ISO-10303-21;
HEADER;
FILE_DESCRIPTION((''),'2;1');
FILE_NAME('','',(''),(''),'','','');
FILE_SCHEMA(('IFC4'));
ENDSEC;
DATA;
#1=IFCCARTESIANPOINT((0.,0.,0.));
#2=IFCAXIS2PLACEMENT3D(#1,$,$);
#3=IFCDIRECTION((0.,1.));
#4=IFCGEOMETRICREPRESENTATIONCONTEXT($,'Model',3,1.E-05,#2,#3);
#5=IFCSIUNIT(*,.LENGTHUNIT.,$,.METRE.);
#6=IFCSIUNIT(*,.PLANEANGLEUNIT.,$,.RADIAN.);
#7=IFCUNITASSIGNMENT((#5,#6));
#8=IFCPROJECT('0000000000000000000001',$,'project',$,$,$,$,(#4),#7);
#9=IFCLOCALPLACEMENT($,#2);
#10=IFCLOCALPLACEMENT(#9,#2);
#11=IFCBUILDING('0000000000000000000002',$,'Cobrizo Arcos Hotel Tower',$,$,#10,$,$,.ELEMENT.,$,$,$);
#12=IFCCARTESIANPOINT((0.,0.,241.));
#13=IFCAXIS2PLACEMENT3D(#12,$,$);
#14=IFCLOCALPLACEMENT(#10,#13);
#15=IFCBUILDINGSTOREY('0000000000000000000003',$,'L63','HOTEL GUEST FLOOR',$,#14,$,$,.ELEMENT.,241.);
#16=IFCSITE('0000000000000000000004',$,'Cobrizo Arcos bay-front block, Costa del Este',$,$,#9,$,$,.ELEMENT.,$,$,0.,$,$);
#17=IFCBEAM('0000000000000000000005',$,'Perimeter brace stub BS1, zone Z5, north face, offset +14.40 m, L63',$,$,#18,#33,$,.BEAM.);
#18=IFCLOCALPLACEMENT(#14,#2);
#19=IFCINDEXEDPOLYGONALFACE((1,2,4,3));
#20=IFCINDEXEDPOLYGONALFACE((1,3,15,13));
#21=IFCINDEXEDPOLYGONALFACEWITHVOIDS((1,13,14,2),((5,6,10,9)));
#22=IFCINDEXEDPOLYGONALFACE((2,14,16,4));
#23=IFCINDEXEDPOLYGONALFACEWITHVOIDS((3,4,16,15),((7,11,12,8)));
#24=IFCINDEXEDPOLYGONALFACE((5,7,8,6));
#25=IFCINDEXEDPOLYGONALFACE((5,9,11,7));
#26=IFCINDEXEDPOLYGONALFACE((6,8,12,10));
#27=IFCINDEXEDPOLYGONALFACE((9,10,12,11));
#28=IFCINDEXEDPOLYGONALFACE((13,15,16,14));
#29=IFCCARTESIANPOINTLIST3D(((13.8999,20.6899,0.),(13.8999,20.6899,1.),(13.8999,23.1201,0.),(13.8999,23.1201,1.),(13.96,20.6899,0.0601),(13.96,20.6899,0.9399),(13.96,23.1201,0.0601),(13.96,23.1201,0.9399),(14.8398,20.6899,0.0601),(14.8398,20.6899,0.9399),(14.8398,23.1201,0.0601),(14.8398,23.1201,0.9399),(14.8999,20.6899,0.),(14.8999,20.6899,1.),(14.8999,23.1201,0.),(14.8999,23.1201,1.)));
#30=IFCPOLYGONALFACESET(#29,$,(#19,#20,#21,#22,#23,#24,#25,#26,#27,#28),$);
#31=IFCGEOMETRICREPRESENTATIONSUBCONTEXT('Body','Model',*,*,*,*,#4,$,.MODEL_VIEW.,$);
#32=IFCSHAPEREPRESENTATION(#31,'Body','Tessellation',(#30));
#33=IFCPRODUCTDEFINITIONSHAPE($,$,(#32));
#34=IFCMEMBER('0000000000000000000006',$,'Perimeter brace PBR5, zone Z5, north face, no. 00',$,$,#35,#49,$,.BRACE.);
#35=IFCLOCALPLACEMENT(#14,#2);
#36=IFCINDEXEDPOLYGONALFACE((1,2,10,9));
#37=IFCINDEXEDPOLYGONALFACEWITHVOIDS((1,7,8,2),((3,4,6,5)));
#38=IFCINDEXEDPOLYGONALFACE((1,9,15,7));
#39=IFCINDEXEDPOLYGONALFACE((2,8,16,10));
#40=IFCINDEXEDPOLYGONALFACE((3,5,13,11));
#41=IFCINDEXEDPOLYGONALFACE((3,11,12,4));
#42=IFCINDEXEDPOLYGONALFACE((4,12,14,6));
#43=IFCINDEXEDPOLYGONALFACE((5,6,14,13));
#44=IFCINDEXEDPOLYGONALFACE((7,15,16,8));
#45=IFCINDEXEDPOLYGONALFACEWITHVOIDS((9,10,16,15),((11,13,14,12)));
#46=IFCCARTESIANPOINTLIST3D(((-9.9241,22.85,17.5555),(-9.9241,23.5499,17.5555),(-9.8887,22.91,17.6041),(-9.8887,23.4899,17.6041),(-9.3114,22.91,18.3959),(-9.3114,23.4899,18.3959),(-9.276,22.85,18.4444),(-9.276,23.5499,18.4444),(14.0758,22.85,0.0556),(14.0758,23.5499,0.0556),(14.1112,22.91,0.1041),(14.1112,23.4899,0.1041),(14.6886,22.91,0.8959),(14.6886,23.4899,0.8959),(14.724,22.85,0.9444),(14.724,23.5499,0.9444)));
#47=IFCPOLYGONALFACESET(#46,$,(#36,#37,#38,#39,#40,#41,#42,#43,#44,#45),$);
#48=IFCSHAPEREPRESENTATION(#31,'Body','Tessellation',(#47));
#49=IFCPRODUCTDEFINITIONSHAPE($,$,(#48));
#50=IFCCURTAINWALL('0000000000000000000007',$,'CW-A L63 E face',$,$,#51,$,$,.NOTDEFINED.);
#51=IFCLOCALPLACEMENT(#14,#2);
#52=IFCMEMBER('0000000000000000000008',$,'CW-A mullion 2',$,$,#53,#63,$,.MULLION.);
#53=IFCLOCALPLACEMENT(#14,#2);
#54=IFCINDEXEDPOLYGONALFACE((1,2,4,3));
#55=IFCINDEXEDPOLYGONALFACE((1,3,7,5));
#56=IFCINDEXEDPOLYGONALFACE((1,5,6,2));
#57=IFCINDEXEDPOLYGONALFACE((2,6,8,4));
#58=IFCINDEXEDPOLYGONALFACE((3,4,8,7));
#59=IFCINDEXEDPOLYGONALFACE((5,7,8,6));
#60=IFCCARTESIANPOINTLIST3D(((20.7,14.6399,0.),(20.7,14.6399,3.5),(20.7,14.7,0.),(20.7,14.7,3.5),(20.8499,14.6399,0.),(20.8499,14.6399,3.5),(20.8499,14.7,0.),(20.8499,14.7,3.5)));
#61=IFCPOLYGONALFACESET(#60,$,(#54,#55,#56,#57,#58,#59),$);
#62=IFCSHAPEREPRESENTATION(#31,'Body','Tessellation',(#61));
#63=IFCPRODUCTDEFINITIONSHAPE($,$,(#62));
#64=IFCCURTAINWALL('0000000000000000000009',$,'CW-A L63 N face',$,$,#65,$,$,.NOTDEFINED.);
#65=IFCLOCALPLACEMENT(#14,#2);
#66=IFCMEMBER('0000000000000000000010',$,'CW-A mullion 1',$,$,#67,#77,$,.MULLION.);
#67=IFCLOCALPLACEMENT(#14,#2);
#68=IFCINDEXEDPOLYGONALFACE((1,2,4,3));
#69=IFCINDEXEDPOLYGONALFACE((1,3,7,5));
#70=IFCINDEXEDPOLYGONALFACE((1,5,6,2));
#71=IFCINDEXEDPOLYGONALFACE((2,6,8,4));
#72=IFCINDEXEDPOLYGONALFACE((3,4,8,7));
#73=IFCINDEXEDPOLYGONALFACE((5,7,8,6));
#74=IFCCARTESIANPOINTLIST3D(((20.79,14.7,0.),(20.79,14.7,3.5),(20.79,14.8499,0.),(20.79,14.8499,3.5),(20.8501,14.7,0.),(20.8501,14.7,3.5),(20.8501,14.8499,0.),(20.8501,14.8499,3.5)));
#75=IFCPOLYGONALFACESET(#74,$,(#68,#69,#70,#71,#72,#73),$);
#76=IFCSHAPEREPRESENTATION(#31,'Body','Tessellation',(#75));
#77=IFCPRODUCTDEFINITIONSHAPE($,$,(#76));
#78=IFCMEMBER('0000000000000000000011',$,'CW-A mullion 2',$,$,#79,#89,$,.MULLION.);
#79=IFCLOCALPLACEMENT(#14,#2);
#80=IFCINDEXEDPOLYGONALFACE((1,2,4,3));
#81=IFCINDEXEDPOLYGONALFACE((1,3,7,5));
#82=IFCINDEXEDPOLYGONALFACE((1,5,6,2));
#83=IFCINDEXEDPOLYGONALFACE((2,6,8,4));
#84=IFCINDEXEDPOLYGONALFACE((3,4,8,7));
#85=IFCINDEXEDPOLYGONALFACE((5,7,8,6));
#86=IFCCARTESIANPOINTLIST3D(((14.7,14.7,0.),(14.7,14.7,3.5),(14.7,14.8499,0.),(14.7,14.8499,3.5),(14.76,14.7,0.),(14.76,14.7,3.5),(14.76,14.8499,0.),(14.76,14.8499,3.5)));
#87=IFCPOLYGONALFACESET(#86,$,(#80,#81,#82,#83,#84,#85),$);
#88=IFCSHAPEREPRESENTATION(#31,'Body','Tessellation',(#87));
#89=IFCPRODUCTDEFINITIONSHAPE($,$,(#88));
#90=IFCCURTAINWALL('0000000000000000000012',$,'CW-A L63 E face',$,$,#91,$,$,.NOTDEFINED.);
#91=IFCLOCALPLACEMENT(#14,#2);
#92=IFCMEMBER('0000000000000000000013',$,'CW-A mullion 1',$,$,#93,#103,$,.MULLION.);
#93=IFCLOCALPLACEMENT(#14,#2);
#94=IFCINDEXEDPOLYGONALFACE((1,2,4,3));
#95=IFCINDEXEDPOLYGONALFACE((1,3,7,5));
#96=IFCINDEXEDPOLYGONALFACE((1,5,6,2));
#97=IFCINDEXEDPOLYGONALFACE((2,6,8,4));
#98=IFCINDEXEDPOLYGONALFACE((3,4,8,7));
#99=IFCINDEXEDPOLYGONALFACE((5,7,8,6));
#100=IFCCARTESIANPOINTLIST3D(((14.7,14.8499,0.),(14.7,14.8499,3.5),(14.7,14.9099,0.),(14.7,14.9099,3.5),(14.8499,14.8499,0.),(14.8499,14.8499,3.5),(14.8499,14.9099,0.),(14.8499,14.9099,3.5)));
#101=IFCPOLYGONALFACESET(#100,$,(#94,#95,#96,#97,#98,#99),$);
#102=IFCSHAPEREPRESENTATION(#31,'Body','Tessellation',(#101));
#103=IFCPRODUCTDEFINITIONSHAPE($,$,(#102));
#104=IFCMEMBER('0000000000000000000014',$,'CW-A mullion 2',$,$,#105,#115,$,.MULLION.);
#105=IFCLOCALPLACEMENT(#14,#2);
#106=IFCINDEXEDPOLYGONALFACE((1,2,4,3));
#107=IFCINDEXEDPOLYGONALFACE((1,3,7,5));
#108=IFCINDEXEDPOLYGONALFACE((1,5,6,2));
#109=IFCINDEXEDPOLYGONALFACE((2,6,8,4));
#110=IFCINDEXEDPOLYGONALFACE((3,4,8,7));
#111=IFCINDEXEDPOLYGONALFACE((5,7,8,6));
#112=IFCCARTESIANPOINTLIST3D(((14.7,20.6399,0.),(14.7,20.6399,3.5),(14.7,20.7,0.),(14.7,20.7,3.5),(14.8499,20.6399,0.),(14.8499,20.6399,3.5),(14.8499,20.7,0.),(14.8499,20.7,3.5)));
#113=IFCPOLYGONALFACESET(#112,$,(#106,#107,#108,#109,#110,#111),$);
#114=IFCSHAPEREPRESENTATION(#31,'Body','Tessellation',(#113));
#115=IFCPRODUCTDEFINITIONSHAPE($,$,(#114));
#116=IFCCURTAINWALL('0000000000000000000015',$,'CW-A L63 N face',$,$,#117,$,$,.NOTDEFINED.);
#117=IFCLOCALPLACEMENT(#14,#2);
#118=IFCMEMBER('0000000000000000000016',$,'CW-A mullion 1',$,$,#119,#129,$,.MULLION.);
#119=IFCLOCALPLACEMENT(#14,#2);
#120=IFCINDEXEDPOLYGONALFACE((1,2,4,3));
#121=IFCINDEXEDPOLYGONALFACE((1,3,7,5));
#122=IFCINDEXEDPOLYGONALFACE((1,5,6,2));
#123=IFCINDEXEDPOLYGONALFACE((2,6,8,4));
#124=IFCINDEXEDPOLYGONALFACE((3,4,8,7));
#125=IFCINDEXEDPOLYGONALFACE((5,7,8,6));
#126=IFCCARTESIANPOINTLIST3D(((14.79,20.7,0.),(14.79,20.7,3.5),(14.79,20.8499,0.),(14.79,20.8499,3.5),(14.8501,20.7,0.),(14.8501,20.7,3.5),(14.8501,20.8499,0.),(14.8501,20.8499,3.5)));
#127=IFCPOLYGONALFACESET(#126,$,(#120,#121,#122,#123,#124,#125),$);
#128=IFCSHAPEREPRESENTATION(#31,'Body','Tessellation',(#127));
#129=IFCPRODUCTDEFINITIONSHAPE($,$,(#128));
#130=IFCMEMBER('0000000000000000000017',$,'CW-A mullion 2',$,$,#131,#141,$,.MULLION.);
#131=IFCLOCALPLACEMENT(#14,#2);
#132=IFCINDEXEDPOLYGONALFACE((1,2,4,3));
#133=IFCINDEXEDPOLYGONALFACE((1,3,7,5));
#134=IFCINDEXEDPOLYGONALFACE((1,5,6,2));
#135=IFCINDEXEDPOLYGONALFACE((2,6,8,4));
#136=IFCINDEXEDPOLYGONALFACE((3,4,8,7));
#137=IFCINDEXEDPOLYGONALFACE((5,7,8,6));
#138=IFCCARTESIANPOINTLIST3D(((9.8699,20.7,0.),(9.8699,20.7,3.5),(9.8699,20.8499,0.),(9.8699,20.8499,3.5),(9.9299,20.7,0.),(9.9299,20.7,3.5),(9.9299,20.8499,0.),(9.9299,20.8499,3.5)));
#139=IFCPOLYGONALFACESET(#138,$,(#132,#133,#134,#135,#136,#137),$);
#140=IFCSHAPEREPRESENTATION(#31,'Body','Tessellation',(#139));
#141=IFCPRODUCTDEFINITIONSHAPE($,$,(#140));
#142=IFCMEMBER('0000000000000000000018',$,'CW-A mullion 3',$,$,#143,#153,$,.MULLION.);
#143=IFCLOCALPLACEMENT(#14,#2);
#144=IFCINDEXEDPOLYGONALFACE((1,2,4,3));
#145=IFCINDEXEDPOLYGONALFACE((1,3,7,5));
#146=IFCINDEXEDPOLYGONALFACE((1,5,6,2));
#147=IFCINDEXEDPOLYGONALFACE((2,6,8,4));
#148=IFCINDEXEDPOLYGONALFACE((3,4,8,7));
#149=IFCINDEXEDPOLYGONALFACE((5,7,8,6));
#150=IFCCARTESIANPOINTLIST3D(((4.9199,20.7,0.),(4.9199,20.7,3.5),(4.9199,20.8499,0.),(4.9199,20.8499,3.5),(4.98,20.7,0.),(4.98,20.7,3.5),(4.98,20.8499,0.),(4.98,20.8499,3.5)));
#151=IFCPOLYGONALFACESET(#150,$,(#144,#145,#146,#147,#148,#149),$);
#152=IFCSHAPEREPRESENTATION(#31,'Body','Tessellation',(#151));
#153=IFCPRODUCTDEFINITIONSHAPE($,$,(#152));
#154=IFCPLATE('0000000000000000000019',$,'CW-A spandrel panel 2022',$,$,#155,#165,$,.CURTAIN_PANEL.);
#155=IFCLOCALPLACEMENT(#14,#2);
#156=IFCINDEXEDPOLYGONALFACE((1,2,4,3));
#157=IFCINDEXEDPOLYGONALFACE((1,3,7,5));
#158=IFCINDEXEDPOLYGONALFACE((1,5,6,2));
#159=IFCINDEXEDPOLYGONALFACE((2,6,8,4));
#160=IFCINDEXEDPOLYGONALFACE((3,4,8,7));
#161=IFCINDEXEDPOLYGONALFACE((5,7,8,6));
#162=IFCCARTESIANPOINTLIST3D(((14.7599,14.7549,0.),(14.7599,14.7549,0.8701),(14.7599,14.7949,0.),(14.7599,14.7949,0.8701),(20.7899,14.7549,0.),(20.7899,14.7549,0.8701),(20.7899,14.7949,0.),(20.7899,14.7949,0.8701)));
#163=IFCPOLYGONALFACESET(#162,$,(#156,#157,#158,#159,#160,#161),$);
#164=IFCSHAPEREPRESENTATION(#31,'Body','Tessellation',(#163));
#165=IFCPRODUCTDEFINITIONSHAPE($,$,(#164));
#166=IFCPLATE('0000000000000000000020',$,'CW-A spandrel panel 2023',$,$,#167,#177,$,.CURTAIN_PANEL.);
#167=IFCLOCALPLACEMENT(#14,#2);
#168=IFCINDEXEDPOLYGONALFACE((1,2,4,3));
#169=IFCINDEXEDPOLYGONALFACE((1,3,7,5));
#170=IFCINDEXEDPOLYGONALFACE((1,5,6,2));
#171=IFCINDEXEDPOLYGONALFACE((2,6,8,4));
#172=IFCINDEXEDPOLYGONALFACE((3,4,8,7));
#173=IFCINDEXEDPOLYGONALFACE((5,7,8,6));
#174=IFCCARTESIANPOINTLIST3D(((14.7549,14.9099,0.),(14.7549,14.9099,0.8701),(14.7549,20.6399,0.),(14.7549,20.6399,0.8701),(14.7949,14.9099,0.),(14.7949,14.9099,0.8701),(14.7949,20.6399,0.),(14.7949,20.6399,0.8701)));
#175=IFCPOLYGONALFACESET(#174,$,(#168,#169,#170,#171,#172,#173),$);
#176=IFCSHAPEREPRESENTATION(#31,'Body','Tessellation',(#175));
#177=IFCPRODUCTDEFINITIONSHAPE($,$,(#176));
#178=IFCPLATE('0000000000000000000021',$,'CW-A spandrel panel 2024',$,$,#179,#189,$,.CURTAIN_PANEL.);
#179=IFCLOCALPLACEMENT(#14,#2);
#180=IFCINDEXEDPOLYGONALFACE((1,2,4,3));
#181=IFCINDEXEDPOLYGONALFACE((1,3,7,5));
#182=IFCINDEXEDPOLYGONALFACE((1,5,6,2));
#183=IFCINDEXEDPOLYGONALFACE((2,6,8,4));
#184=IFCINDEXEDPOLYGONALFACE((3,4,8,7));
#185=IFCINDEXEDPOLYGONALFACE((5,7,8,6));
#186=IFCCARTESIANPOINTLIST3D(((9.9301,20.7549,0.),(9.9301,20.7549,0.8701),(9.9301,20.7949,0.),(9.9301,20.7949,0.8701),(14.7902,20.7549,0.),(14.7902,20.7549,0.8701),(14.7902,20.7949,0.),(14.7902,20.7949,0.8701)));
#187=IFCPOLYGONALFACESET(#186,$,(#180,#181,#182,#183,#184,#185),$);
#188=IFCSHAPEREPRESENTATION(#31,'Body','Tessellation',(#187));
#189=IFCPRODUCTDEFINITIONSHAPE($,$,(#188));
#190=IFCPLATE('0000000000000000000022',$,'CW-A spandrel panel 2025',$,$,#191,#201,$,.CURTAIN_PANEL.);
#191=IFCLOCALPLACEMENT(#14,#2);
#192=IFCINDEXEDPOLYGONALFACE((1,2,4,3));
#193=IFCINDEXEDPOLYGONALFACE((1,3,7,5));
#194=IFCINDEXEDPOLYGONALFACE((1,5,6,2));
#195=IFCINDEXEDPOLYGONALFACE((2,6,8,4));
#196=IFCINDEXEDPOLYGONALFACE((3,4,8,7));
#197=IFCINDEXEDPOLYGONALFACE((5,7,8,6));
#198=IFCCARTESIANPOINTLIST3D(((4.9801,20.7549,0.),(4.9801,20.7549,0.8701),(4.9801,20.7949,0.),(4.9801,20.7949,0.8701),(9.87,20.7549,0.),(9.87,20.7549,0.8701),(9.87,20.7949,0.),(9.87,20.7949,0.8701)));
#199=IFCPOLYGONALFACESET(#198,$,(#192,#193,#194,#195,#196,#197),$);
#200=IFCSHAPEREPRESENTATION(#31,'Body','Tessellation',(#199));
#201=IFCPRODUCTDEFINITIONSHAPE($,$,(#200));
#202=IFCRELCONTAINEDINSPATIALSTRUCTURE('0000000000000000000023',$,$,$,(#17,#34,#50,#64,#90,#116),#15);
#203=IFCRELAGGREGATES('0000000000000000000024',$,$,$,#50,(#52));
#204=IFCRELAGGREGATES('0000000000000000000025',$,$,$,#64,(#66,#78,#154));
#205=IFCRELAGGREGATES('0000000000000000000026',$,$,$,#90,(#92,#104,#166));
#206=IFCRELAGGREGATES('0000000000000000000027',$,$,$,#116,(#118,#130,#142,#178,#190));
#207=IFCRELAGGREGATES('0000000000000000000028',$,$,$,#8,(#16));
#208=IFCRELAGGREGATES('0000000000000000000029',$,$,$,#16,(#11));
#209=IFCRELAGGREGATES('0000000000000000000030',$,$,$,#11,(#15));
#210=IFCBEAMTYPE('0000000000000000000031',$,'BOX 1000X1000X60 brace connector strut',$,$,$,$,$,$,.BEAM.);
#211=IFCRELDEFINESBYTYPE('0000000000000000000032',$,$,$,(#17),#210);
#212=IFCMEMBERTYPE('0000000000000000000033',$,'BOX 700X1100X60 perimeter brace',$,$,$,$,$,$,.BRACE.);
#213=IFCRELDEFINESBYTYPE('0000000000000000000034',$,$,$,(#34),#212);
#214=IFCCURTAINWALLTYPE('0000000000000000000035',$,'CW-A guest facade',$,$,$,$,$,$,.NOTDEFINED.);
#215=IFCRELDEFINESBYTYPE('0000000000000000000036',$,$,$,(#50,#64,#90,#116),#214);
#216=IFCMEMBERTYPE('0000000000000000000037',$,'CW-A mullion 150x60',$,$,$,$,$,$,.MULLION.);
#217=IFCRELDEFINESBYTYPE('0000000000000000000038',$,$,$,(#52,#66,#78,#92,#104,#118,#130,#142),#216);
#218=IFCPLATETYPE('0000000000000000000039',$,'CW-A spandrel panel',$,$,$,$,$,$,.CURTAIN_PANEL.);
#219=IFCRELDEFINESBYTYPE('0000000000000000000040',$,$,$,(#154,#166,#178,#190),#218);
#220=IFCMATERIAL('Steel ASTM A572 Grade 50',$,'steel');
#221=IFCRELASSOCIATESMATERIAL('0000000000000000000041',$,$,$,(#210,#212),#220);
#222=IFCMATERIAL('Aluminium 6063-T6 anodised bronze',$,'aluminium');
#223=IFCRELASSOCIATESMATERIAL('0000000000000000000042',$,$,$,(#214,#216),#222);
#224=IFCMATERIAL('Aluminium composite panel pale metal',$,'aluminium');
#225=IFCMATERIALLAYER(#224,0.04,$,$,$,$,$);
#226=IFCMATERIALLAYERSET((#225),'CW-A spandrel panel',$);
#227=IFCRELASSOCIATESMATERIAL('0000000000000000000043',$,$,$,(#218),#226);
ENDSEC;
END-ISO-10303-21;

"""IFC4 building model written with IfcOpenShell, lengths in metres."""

from ifc_helpers import new_model, si_unit, direction, frame, origin, origin_2d, place, context, subcontext, project, spatial, rectangle, hollow_rectangle, extrude, material, layer, layer_set, material_profile, profile_set, type_object, element, aggregate, save


model = new_model("IFC4")

# Units and contexts
model_context = context("Model", 3, precision=1e-05, world=origin(), true_north=direction((0.0, 1.0)))
body_context = subcontext(model_context, "Body", "Model", "MODEL_VIEW")
ifc_project = project(units=[si_unit("LENGTHUNIT", "METRE"), si_unit("PLANEANGLEUNIT", "RADIAN")], contexts=[model_context])

# Site, building, storey
site_placement = place(None, origin())
site = spatial("IfcSite", under=ifc_project, at=site_placement, Name="Cobrizo Arcos bay-front block, Costa del Este", CompositionType="ELEMENT", RefElevation=0.0)
building_placement = place(site_placement, origin())
building = spatial("IfcBuilding", under=site, at=building_placement, Name="Cobrizo Arcos Hotel Tower", CompositionType="ELEMENT")
storey_placement = place(building_placement, frame((0.0, 0.0, 241.0)))
storey = spatial("IfcBuildingStorey", under=building, at=storey_placement, Name="L63", Description="HOTEL GUEST FLOOR", CompositionType="ELEMENT", Elevation=241.0)

# Beam
ifc_material_1 = material(Name="Steel ASTM A572 Grade 50", Category="steel")
ifc_material_profile_1 = material_profile(ifc_material_1, hollow_rectangle(XDim=1.0, YDim=1.0, WallThickness=0.0601, at=origin_2d()), Name="BOX 1000X1000X60")
ifc_profile_set_1 = profile_set([ifc_material_profile_1], Name="Steel ASTM A572 Grade 50")
beam_type = type_object("IfcBeamType", Name="BOX 1000X1000X60 brace connector strut", PredefinedType="BEAM", material=ifc_profile_set_1)
beam_placement = place(storey_placement, frame((14.3999, 20.6899, 0.5), z_axis=(0.0, 1.0, 0.0), x_axis=(-1.0, 0.0, 0.0)))
element("IfcBeam", 1, at=beam_placement, inside=storey, type_object=beam_type, Name="Perimeter brace stub BS1, zone Z5, north face, offset +14.40 m, L63", PredefinedType="BEAM", context=body_context, shape_type="SweptSolid", body=[
    extrude(hollow_rectangle(XDim=1.0, YDim=1.0, WallThickness=0.0601, at=origin_2d()), origin(), (0.0, 0.0, 1.0), 2.4302),
])

# Member
ifc_material_profile_2 = material_profile(ifc_material_1, hollow_rectangle(XDim=0.7, YDim=1.1001, WallThickness=0.0601, at=origin_2d()), Name="BOX 700X1100X60")
ifc_profile_set_2 = profile_set([ifc_material_profile_2], Name="Steel ASTM A572 Grade 50")
member_type_1 = type_object("IfcMemberType", Name="BOX 700X1100X60 perimeter brace", PredefinedType="BRACE", material=ifc_profile_set_2)
member_1_placement = place(storey_placement, frame((14.3999, 23.2, 0.5), z_axis=(-0.808008, 0.0, 0.589172), x_axis=(0.0, -1.0, 0.0)))
element("IfcMember", 2, at=member_1_placement, inside=storey, type_object=member_type_1, Name="Perimeter brace PBR5, zone Z5, north face, no. 00", PredefinedType="BRACE", context=body_context, shape_type="SweptSolid", body=[
    extrude(hollow_rectangle(XDim=0.7, YDim=1.1001, WallThickness=0.0601, at=origin_2d()), origin(), (0.0, 0.0, 1.0), 29.7026),
])

# Curtain wall, member
ifc_material_2 = material(Name="Aluminium 6063-T6 anodised bronze", Category="aluminium")
curtain_wall_type = type_object("IfcCurtainWallType", Name="CW-A guest facade", PredefinedType="NOTDEFINED", material=ifc_material_2)
curtain_wall_1_placement = place(storey_placement, origin())
curtain_wall_1 = element("IfcCurtainWall", 3, at=curtain_wall_1_placement, inside=storey, type_object=curtain_wall_type, Name="CW-A L63 E face", PredefinedType="NOTDEFINED")
ifc_material_profile_3 = material_profile(ifc_material_2, rectangle(XDim=0.1499, YDim=0.0601, at=origin_2d()), Name="CW-A mullion 150x60")
ifc_profile_set_3 = profile_set([ifc_material_profile_3], Name="Aluminium 6063-T6 anodised bronze")
member_type_2 = type_object("IfcMemberType", Name="CW-A mullion 150x60", PredefinedType="MULLION", material=ifc_profile_set_3)
member_2_placement = place(storey_placement, frame((20.7749, 14.6699, 0.0), z_axis=(0.0, 0.0, 1.0), x_axis=(1.0, 0.0, 0.0)))
member_2 = element("IfcMember", 4, at=member_2_placement, type_object=member_type_2, Name="CW-A mullion 2", PredefinedType="MULLION", context=body_context, shape_type="SweptSolid", body=[
    extrude(rectangle(XDim=0.1499, YDim=0.0601, at=origin_2d()), origin(), (0.0, 0.0, 1.0), 3.5),
])
aggregate(curtain_wall_1, [member_2])

# Curtain walls, members
curtain_wall_2_placement = place(storey_placement, origin())
curtain_wall_2 = element("IfcCurtainWall", 5, at=curtain_wall_2_placement, inside=storey, type_object=curtain_wall_type, Name="CW-A L63 N face", PredefinedType="NOTDEFINED")
member_3_placement = place(storey_placement, frame((20.8201, 14.7749, 0.0), z_axis=(0.0, 0.0, 1.0), x_axis=(0.0, 1.0, 0.0)))
member_3 = element("IfcMember", 6, at=member_3_placement, type_object=member_type_2, Name="CW-A mullion 1", PredefinedType="MULLION", context=body_context, shape_type="SweptSolid", body=[
    extrude(rectangle(XDim=0.1499, YDim=0.0601, at=origin_2d()), origin(), (0.0, 0.0, 1.0), 3.5),
])
member_4_placement = place(storey_placement, frame((14.73, 14.7749, 0.0), z_axis=(0.0, 0.0, 1.0), x_axis=(0.0, 1.0, 0.0)))
member_4 = element("IfcMember", 7, at=member_4_placement, type_object=member_type_2, Name="CW-A mullion 2", PredefinedType="MULLION", context=body_context, shape_type="SweptSolid", body=[
    extrude(rectangle(XDim=0.1499, YDim=0.0601, at=origin_2d()), origin(), (0.0, 0.0, 1.0), 3.5),
])
curtain_wall_3_placement = place(storey_placement, origin())
curtain_wall_3 = element("IfcCurtainWall", 8, at=curtain_wall_3_placement, inside=storey, type_object=curtain_wall_type, Name="CW-A L63 E face", PredefinedType="NOTDEFINED")
member_5_placement = place(storey_placement, frame((14.7749, 14.8799, 0.0), z_axis=(0.0, 0.0, 1.0), x_axis=(1.0, 0.0, 0.0)))
member_5 = element("IfcMember", 9, at=member_5_placement, type_object=member_type_2, Name="CW-A mullion 1", PredefinedType="MULLION", context=body_context, shape_type="SweptSolid", body=[
    extrude(rectangle(XDim=0.1499, YDim=0.0601, at=origin_2d()), origin(), (0.0, 0.0, 1.0), 3.5),
])
member_6_placement = place(storey_placement, frame((14.7749, 20.6699, 0.0), z_axis=(0.0, 0.0, 1.0), x_axis=(1.0, 0.0, 0.0)))
member_6 = element("IfcMember", 10, at=member_6_placement, type_object=member_type_2, Name="CW-A mullion 2", PredefinedType="MULLION", context=body_context, shape_type="SweptSolid", body=[
    extrude(rectangle(XDim=0.1499, YDim=0.0601, at=origin_2d()), origin(), (0.0, 0.0, 1.0), 3.5),
])
curtain_wall_4_placement = place(storey_placement, origin())
curtain_wall_4 = element("IfcCurtainWall", 11, at=curtain_wall_4_placement, inside=storey, type_object=curtain_wall_type, Name="CW-A L63 N face", PredefinedType="NOTDEFINED")
member_7_placement = place(storey_placement, frame((14.8201, 20.7749, 0.0), z_axis=(0.0, 0.0, 1.0), x_axis=(0.0, 1.0, 0.0)))
member_7 = element("IfcMember", 12, at=member_7_placement, type_object=member_type_2, Name="CW-A mullion 1", PredefinedType="MULLION", context=body_context, shape_type="SweptSolid", body=[
    extrude(rectangle(XDim=0.1499, YDim=0.0601, at=origin_2d()), origin(), (0.0, 0.0, 1.0), 3.5),
])
member_8_placement = place(storey_placement, frame((9.8999, 20.7749, 0.0), z_axis=(0.0, 0.0, 1.0), x_axis=(0.0, 1.0, 0.0)))
member_8 = element("IfcMember", 13, at=member_8_placement, type_object=member_type_2, Name="CW-A mullion 2", PredefinedType="MULLION", context=body_context, shape_type="SweptSolid", body=[
    extrude(rectangle(XDim=0.1499, YDim=0.0601, at=origin_2d()), origin(), (0.0, 0.0, 1.0), 3.5),
])
member_9_placement = place(storey_placement, frame((4.95, 20.7749, 0.0), z_axis=(0.0, 0.0, 1.0), x_axis=(0.0, 1.0, 0.0)))
member_9 = element("IfcMember", 14, at=member_9_placement, type_object=member_type_2, Name="CW-A mullion 3", PredefinedType="MULLION", context=body_context, shape_type="SweptSolid", body=[
    extrude(rectangle(XDim=0.1499, YDim=0.0601, at=origin_2d()), origin(), (0.0, 0.0, 1.0), 3.5),
])

# Plates
ifc_material_3 = material(Name="Aluminium composite panel pale metal", Category="aluminium")
ifc_layer_1 = layer(ifc_material_3, 0.04)
ifc_layer_set_1 = layer_set([ifc_layer_1], Name="CW-A spandrel panel")
plate_type = type_object("IfcPlateType", Name="CW-A spandrel panel", PredefinedType="CURTAIN_PANEL", material=ifc_layer_set_1)
plate_1_placement = place(storey_placement, frame((17.7749, 14.7749, 0.0), z_axis=(0.0, 0.0, 1.0), x_axis=(-1.0, 0.0, 0.0)))
plate_1 = element("IfcPlate", 15, at=plate_1_placement, type_object=plate_type, Name="CW-A spandrel panel 2022", PredefinedType="CURTAIN_PANEL", context=body_context, shape_type="SweptSolid", body=[
    extrude(rectangle(XDim=6.03, YDim=0.04, at=origin_2d()), origin(), (0.0, 0.0, 1.0), 0.8701),
])
aggregate(curtain_wall_2, [member_3, member_4, plate_1])
plate_2_placement = place(storey_placement, frame((14.7749, 17.7749, 0.0), z_axis=(0.0, 0.0, 1.0), x_axis=(0.0, 1.0, 0.0)))
plate_2 = element("IfcPlate", 16, at=plate_2_placement, type_object=plate_type, Name="CW-A spandrel panel 2023", PredefinedType="CURTAIN_PANEL", context=body_context, shape_type="SweptSolid", body=[
    extrude(rectangle(XDim=5.73, YDim=0.04, at=origin_2d()), origin(), (0.0, 0.0, 1.0), 0.8701),
])
aggregate(curtain_wall_3, [member_5, member_6, plate_2])
plate_3_placement = place(storey_placement, frame((12.3601, 20.7749, 0.0), z_axis=(0.0, 0.0, 1.0), x_axis=(-1.0, 0.0, 0.0)))
plate_3 = element("IfcPlate", 17, at=plate_3_placement, type_object=plate_type, Name="CW-A spandrel panel 2024", PredefinedType="CURTAIN_PANEL", context=body_context, shape_type="SweptSolid", body=[
    extrude(rectangle(XDim=4.8601, YDim=0.04, at=origin_2d()), origin(), (0.0, 0.0, 1.0), 0.8701),
])
plate_4_placement = place(storey_placement, frame((7.425, 20.7749, 0.0), z_axis=(0.0, 0.0, 1.0), x_axis=(-1.0, 0.0, 0.0)))
plate_4 = element("IfcPlate", 18, at=plate_4_placement, type_object=plate_type, Name="CW-A spandrel panel 2025", PredefinedType="CURTAIN_PANEL", context=body_context, shape_type="SweptSolid", body=[
    extrude(rectangle(XDim=4.8899, YDim=0.04, at=origin_2d()), origin(), (0.0, 0.0, 1.0), 0.8701),
])
aggregate(curtain_wall_4, [member_7, member_8, member_9, plate_3, plate_4])

save(model, "model.ifc")
